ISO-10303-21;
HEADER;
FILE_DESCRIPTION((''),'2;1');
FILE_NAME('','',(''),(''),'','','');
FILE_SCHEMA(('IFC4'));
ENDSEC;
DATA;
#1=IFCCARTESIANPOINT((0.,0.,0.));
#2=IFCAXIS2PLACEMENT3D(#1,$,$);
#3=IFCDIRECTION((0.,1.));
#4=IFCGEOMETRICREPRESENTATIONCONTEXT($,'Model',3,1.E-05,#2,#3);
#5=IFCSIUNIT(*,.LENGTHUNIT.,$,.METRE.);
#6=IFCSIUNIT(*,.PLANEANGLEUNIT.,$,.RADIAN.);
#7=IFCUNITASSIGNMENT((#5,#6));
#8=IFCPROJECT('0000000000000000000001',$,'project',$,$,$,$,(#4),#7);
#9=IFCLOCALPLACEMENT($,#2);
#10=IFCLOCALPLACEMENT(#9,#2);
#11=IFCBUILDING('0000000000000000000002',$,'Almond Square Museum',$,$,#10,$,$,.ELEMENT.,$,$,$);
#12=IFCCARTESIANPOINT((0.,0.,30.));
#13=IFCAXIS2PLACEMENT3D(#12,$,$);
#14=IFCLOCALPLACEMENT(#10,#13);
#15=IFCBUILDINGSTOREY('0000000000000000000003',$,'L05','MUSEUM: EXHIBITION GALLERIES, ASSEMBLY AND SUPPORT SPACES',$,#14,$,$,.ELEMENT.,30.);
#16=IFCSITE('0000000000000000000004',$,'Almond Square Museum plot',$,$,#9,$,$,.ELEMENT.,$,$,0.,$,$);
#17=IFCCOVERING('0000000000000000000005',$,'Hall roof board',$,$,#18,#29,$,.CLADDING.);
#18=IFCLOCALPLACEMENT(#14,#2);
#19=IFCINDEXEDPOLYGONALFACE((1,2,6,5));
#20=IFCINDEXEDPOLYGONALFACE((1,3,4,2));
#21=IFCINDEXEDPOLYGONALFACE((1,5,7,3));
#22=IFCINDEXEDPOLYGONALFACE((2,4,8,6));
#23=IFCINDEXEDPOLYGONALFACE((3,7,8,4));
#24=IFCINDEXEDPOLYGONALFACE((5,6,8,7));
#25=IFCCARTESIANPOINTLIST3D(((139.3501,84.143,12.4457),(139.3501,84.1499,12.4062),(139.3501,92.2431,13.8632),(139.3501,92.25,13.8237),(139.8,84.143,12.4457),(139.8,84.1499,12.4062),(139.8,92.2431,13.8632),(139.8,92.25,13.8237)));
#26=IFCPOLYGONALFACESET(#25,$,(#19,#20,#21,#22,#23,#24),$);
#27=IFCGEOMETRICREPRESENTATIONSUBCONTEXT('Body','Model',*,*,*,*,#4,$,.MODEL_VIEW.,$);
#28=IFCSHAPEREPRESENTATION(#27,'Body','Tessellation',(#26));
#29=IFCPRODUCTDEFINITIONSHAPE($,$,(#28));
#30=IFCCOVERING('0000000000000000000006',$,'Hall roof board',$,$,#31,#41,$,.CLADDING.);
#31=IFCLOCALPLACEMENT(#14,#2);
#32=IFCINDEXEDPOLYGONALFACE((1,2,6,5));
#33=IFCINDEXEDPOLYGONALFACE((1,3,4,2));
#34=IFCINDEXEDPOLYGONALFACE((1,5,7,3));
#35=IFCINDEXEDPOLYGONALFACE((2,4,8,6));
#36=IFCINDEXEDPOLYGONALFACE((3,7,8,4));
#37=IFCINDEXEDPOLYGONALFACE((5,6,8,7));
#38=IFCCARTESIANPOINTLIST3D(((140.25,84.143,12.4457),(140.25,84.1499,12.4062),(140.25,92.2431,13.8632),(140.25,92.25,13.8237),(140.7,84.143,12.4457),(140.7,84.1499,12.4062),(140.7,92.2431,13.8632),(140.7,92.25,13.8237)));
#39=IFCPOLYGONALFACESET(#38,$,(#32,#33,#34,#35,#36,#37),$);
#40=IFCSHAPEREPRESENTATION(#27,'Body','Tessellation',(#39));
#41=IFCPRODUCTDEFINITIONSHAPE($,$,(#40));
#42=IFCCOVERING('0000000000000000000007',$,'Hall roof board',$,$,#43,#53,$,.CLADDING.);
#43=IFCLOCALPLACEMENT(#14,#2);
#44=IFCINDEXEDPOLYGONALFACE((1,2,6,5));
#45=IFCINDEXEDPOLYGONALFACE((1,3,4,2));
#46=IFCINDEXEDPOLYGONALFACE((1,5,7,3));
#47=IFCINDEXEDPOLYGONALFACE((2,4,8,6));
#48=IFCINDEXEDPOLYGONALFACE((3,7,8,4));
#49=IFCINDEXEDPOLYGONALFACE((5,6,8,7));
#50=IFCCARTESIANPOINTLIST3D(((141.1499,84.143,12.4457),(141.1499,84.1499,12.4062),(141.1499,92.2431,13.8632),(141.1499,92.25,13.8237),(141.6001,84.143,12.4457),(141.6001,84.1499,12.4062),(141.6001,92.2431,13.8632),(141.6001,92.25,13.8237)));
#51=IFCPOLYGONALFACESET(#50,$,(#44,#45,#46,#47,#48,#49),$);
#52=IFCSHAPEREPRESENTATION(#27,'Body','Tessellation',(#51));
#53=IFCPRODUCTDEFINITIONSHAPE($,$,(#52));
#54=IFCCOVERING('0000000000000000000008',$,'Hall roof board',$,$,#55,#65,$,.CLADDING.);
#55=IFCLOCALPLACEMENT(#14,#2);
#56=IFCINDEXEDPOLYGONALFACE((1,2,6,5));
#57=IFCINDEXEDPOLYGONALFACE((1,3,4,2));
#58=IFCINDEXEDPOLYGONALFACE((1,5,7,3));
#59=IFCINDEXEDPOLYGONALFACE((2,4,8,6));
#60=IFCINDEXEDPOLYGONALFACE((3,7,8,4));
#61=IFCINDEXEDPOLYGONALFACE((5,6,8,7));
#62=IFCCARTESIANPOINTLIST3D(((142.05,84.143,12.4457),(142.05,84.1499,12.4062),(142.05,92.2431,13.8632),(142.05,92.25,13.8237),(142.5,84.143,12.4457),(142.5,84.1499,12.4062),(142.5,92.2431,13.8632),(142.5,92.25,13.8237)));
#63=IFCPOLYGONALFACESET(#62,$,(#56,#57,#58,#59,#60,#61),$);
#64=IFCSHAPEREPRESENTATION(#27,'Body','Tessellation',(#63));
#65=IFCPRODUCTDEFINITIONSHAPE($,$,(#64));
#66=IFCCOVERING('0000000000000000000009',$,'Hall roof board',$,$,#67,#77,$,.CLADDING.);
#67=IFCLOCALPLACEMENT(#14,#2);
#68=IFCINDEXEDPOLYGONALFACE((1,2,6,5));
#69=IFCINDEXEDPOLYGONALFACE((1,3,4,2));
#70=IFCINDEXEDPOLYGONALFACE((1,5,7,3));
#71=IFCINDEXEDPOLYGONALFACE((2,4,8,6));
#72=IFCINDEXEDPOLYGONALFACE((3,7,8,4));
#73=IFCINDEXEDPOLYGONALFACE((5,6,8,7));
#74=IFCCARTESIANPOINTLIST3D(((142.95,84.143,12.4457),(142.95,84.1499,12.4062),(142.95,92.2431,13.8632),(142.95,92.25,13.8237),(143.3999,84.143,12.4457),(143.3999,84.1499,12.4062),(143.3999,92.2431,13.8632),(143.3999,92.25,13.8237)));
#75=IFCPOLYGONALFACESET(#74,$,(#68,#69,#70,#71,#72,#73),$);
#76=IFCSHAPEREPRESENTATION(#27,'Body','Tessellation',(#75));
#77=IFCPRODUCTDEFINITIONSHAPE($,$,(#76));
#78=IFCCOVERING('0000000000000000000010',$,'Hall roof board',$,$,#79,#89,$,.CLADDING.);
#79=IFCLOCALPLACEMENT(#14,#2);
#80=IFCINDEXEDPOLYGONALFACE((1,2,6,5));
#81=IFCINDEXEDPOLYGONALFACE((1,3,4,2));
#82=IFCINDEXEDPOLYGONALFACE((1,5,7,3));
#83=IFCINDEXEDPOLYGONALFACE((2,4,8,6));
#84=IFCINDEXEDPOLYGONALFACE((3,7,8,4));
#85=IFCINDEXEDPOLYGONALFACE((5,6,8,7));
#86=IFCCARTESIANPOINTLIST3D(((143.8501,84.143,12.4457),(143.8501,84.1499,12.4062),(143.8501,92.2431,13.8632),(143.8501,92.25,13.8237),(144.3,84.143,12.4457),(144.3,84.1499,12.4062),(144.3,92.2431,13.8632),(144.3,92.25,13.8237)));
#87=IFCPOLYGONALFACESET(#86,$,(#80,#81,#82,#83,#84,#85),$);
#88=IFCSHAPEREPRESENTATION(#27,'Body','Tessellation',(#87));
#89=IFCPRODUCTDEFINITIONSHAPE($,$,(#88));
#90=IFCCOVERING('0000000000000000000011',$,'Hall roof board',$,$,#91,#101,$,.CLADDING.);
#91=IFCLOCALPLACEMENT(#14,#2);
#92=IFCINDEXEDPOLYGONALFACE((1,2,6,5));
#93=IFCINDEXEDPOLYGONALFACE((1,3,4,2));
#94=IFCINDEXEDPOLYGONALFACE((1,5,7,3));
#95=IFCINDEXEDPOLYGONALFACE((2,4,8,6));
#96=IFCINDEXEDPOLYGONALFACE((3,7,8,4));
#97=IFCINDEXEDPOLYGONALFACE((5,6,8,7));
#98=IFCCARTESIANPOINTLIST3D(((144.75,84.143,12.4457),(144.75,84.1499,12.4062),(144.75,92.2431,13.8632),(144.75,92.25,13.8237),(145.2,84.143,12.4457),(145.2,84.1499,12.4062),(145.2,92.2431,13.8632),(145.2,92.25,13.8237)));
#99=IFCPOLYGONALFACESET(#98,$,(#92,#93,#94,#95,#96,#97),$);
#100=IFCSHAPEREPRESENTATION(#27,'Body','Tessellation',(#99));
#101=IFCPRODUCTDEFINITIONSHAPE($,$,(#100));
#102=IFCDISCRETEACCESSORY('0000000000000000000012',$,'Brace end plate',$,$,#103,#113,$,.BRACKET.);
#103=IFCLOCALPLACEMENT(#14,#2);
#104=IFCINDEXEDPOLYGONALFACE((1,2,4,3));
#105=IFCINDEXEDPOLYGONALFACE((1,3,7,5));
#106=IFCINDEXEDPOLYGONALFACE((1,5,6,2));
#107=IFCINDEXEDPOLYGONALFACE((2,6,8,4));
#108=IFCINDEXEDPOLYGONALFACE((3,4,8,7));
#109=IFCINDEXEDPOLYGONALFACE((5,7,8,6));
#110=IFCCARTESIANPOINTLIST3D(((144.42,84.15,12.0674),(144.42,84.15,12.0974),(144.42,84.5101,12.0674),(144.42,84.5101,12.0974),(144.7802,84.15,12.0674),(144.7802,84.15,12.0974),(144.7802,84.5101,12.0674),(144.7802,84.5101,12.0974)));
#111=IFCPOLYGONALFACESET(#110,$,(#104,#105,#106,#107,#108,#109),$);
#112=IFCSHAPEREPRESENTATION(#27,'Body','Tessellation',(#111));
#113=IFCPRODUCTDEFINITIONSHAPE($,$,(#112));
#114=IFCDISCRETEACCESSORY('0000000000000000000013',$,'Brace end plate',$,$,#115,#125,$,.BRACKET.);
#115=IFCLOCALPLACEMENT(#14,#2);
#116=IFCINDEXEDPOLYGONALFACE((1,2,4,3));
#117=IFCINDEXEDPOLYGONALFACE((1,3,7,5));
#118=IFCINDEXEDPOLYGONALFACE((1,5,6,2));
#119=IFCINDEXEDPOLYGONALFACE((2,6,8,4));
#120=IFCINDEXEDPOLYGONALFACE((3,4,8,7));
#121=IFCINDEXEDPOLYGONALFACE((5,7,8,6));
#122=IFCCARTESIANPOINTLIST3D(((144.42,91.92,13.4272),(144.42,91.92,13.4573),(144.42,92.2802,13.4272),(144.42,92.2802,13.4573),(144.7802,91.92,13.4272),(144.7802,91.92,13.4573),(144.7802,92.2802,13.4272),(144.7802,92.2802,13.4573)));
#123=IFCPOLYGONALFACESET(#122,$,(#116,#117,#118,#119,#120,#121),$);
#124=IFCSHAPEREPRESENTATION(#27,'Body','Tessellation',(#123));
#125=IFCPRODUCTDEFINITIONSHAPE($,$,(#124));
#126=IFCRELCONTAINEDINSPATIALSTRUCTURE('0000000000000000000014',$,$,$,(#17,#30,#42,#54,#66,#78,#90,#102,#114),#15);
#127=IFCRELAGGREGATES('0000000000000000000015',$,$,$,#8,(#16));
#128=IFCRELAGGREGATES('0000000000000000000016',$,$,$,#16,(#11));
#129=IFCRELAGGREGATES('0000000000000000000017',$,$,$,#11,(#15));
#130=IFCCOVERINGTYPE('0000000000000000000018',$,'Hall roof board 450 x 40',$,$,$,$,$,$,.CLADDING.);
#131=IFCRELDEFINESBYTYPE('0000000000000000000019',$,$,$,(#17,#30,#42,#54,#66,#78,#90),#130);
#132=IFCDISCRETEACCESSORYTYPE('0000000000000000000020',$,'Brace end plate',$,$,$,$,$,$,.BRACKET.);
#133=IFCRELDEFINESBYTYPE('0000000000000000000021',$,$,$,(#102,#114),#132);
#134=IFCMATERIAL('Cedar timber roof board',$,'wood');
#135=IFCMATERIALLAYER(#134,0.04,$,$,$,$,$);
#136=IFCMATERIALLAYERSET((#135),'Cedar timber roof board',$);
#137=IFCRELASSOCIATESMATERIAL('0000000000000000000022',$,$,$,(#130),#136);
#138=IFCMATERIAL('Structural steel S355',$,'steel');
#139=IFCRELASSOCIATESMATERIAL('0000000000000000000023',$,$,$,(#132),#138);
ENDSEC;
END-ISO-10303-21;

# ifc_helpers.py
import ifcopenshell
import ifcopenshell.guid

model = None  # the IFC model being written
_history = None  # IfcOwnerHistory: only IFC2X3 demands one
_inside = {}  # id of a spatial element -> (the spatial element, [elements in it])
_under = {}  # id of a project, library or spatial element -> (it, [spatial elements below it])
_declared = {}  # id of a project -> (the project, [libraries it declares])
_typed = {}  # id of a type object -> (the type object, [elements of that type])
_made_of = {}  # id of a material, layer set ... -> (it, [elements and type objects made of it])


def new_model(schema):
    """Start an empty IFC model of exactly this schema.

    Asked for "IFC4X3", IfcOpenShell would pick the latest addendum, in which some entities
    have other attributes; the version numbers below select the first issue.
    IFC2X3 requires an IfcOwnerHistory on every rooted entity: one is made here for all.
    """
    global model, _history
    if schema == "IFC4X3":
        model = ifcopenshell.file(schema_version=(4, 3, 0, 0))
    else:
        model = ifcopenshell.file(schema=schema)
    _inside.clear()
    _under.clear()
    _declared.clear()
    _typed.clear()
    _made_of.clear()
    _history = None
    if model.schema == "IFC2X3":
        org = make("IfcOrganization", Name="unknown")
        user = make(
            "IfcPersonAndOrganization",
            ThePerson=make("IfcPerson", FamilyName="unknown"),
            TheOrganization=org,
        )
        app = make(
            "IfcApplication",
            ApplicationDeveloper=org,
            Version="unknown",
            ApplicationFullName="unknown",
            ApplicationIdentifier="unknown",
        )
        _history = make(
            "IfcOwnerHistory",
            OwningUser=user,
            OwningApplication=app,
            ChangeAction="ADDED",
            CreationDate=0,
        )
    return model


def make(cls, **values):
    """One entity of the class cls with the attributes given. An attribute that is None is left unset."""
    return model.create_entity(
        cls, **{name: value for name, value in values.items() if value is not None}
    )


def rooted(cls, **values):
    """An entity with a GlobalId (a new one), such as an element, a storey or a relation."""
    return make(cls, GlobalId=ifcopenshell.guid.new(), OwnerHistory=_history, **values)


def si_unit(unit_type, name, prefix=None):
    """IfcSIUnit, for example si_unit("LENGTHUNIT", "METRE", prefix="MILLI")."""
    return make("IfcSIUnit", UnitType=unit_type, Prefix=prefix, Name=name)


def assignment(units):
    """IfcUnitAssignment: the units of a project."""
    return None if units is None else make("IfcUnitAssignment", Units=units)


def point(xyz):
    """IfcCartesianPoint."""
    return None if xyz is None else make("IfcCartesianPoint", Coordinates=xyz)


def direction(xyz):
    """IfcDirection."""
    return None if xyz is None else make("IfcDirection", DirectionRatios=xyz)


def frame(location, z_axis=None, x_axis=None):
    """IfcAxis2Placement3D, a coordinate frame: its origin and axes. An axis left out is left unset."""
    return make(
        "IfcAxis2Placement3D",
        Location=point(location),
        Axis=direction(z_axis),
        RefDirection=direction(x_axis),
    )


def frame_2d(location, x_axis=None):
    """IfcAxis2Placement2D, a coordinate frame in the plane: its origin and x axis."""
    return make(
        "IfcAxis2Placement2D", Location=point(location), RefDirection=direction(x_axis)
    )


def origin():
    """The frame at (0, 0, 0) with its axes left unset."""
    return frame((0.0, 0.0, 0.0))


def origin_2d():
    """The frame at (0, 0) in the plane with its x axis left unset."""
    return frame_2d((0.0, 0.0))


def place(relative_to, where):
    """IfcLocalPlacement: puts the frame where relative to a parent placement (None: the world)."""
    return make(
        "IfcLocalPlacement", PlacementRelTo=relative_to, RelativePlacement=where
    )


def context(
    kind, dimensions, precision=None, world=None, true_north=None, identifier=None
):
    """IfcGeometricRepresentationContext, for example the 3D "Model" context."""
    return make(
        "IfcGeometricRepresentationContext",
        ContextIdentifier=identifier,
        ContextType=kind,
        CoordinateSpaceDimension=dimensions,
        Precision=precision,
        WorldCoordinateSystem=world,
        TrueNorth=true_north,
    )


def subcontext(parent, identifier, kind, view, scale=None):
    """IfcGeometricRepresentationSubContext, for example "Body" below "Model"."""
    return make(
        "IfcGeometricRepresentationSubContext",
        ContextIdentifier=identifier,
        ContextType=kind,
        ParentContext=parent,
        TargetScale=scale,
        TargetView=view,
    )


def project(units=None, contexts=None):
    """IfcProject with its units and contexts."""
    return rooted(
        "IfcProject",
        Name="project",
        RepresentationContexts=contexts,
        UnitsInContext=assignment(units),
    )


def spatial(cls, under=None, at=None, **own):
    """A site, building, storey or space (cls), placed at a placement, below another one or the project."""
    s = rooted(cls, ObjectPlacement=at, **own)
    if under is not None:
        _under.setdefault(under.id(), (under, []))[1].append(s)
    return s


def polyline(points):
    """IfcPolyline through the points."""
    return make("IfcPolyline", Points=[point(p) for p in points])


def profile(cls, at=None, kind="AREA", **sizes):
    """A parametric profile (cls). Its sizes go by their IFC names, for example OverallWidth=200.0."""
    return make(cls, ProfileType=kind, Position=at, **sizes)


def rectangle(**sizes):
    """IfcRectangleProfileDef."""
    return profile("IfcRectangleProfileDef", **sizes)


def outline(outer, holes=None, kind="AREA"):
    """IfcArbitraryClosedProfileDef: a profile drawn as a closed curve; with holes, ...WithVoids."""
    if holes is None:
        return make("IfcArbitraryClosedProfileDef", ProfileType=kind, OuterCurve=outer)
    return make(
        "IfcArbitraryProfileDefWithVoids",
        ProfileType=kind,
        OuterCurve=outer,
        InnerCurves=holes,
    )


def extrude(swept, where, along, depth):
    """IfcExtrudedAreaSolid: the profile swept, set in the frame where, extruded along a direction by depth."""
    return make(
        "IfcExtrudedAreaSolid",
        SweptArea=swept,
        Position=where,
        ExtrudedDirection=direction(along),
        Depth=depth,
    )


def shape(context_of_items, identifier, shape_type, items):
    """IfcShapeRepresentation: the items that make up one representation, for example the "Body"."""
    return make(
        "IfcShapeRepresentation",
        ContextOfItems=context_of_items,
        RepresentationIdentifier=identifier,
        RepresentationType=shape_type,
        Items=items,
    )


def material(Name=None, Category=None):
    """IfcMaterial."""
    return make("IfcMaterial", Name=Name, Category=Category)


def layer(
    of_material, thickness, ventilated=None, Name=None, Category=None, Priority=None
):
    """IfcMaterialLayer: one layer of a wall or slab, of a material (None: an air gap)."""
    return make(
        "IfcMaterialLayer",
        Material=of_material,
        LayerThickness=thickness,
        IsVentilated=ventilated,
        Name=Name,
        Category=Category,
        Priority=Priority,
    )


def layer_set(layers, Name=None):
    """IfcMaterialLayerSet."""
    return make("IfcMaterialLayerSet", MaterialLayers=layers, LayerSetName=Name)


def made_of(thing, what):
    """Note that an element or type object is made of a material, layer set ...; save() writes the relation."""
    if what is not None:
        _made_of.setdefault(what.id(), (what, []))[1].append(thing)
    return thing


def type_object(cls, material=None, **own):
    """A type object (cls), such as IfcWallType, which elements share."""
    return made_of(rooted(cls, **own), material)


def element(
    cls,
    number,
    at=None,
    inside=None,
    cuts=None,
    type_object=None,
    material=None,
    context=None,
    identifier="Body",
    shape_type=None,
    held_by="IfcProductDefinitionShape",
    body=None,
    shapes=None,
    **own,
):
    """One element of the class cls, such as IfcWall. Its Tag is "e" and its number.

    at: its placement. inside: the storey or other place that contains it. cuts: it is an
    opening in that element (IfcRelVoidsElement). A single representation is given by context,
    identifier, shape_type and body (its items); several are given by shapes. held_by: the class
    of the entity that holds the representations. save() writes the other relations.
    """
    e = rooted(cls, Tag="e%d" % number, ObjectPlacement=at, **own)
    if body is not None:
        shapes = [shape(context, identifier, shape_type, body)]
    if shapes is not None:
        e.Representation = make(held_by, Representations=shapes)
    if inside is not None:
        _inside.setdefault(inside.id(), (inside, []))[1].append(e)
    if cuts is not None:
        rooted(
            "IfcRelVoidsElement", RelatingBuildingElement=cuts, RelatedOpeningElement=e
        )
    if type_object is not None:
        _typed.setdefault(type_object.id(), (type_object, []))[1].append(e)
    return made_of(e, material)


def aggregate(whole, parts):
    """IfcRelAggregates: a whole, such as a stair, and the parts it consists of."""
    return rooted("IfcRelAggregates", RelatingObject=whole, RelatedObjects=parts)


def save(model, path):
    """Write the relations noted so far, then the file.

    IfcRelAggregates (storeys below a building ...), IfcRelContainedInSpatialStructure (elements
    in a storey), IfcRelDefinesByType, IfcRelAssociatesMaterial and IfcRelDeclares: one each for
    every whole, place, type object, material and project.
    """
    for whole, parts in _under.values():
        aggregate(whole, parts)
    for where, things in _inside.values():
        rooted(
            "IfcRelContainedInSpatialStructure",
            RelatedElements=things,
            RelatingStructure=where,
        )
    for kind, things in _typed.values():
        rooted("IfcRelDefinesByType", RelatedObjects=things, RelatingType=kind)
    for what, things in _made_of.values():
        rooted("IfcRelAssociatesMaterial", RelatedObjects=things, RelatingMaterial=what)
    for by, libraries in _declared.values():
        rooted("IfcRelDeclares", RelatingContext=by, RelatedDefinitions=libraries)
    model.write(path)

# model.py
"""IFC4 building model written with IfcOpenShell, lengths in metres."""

from ifc_helpers import new_model, si_unit, direction, frame, origin, origin_2d, place, context, subcontext, project, spatial, polyline, rectangle, outline, extrude, material, layer, layer_set, type_object, element, save


model = new_model("IFC4")

# Units and contexts
model_context = context("Model", 3, precision=1e-05, world=origin(), true_north=direction((0.0, 1.0)))
body_context = subcontext(model_context, "Body", "Model", "MODEL_VIEW")
ifc_project = project(units=[si_unit("LENGTHUNIT", "METRE"), si_unit("PLANEANGLEUNIT", "RADIAN")], contexts=[model_context])

# Site, building, storey
site_placement = place(None, origin())
site = spatial("IfcSite", under=ifc_project, at=site_placement, Name="Almond Square Museum plot", CompositionType="ELEMENT", RefElevation=0.0)
building_placement = place(site_placement, origin())
building = spatial("IfcBuilding", under=site, at=building_placement, Name="Almond Square Museum", CompositionType="ELEMENT")
storey_placement = place(building_placement, frame((0.0, 0.0, 30.0)))
storey = spatial("IfcBuildingStorey", under=building, at=storey_placement, Name="L05", Description="MUSEUM: EXHIBITION GALLERIES, ASSEMBLY AND SUPPORT SPACES", CompositionType="ELEMENT", Elevation=30.0)

# Coverings
ifc_material_1 = material(Name="Cedar timber roof board", Category="wood")
ifc_layer = layer(ifc_material_1, 0.04)
ifc_layer_set = layer_set([ifc_layer], Name="Cedar timber roof board")
covering_type = type_object("IfcCoveringType", Name="Hall roof board 450 x 40", PredefinedType="CLADDING", material=ifc_layer_set)
for number, where, z_axis, x_axis, name in (
    (1, (139.8, 92.25, 13.8237), (0.0, -0.172376, 0.985031), (-1.0, 0.0, 0.0), "Hall roof board"),
    (2, (140.7, 92.25, 13.8237), (0.0, -0.172376, 0.985031), (-1.0, 0.0, 0.0), "Hall roof board"),
):
    element("IfcCovering", number, at=place(storey_placement, frame(where, z_axis=z_axis, x_axis=x_axis)), inside=storey, type_object=covering_type, Name=name, PredefinedType="CLADDING", context=body_context, shape_type="SweptSolid", body=[
        extrude(outline(polyline([(0.0, 0.0), (0.45, 0.0), (0.45, 8.2232), (0.0, 8.2232), (0.0, 0.0)])), origin(), (0.0, 0.0, 1.0), 0.04),
    ])
covering_placement = place(storey_placement, frame((141.6001, 92.25, 13.8237), z_axis=(0.0, -0.172376, 0.985031), x_axis=(-1.0, 0.0, 0.0)))
element("IfcCovering", 3, at=covering_placement, inside=storey, type_object=covering_type, Name="Hall roof board", PredefinedType="CLADDING", context=body_context, shape_type="SweptSolid", body=[
    extrude(outline(polyline([(0.0, 0.0), (0.4502, 0.0), (0.4502, 8.2232), (0.0, 8.2232), (0.0, 0.0)])), origin(), (0.0, 0.0, 1.0), 0.04),
])
for number, where, z_axis, x_axis, name in (
    (4, (142.5, 92.25, 13.8237), (0.0, -0.172376, 0.985031), (-1.0, 0.0, 0.0), "Hall roof board"),
    (5, (143.3999, 92.25, 13.8237), (0.0, -0.172376, 0.985031), (-1.0, 0.0, 0.0), "Hall roof board"),
    (6, (144.3, 92.25, 13.8237), (0.0, -0.172376, 0.985031), (-1.0, 0.0, 0.0), "Hall roof board"),
    (7, (145.2, 92.25, 13.8237), (0.0, -0.172376, 0.985031), (-1.0, 0.0, 0.0), "Hall roof board"),
):
    element("IfcCovering", number, at=place(storey_placement, frame(where, z_axis=z_axis, x_axis=x_axis)), inside=storey, type_object=covering_type, Name=name, PredefinedType="CLADDING", context=body_context, shape_type="SweptSolid", body=[
        extrude(outline(polyline([(0.0, 0.0), (0.45, 0.0), (0.45, 8.2232), (0.0, 8.2232), (0.0, 0.0)])), origin(), (0.0, 0.0, 1.0), 0.04),
    ])

# Discrete accessories
ifc_material_2 = material(Name="Structural steel S355", Category="steel")
discrete_accessory_type = type_object("IfcDiscreteAccessoryType", Name="Brace end plate", PredefinedType="BRACKET", material=ifc_material_2)
for number, where, z_axis, x_axis, name in (
    (8, (144.6001, 84.3301, 12.0674), (0.0, 0.0, 1.0), (1.0, 0.0, 0.0), "Brace end plate"),
    (9, (144.6001, 92.1001, 13.4272), (0.0, 0.0, 1.0), (1.0, 0.0, 0.0), "Brace end plate"),
):
    element("IfcDiscreteAccessory", number, at=place(storey_placement, frame(where, z_axis=z_axis, x_axis=x_axis)), inside=storey, type_object=discrete_accessory_type, Name=name, PredefinedType="BRACKET", context=body_context, shape_type="SweptSolid", body=[
        extrude(rectangle(XDim=0.3601, YDim=0.3601, at=origin_2d()), origin(), (0.0, 0.0, 1.0), 0.03),
    ])

save(model, "model.ifc")
